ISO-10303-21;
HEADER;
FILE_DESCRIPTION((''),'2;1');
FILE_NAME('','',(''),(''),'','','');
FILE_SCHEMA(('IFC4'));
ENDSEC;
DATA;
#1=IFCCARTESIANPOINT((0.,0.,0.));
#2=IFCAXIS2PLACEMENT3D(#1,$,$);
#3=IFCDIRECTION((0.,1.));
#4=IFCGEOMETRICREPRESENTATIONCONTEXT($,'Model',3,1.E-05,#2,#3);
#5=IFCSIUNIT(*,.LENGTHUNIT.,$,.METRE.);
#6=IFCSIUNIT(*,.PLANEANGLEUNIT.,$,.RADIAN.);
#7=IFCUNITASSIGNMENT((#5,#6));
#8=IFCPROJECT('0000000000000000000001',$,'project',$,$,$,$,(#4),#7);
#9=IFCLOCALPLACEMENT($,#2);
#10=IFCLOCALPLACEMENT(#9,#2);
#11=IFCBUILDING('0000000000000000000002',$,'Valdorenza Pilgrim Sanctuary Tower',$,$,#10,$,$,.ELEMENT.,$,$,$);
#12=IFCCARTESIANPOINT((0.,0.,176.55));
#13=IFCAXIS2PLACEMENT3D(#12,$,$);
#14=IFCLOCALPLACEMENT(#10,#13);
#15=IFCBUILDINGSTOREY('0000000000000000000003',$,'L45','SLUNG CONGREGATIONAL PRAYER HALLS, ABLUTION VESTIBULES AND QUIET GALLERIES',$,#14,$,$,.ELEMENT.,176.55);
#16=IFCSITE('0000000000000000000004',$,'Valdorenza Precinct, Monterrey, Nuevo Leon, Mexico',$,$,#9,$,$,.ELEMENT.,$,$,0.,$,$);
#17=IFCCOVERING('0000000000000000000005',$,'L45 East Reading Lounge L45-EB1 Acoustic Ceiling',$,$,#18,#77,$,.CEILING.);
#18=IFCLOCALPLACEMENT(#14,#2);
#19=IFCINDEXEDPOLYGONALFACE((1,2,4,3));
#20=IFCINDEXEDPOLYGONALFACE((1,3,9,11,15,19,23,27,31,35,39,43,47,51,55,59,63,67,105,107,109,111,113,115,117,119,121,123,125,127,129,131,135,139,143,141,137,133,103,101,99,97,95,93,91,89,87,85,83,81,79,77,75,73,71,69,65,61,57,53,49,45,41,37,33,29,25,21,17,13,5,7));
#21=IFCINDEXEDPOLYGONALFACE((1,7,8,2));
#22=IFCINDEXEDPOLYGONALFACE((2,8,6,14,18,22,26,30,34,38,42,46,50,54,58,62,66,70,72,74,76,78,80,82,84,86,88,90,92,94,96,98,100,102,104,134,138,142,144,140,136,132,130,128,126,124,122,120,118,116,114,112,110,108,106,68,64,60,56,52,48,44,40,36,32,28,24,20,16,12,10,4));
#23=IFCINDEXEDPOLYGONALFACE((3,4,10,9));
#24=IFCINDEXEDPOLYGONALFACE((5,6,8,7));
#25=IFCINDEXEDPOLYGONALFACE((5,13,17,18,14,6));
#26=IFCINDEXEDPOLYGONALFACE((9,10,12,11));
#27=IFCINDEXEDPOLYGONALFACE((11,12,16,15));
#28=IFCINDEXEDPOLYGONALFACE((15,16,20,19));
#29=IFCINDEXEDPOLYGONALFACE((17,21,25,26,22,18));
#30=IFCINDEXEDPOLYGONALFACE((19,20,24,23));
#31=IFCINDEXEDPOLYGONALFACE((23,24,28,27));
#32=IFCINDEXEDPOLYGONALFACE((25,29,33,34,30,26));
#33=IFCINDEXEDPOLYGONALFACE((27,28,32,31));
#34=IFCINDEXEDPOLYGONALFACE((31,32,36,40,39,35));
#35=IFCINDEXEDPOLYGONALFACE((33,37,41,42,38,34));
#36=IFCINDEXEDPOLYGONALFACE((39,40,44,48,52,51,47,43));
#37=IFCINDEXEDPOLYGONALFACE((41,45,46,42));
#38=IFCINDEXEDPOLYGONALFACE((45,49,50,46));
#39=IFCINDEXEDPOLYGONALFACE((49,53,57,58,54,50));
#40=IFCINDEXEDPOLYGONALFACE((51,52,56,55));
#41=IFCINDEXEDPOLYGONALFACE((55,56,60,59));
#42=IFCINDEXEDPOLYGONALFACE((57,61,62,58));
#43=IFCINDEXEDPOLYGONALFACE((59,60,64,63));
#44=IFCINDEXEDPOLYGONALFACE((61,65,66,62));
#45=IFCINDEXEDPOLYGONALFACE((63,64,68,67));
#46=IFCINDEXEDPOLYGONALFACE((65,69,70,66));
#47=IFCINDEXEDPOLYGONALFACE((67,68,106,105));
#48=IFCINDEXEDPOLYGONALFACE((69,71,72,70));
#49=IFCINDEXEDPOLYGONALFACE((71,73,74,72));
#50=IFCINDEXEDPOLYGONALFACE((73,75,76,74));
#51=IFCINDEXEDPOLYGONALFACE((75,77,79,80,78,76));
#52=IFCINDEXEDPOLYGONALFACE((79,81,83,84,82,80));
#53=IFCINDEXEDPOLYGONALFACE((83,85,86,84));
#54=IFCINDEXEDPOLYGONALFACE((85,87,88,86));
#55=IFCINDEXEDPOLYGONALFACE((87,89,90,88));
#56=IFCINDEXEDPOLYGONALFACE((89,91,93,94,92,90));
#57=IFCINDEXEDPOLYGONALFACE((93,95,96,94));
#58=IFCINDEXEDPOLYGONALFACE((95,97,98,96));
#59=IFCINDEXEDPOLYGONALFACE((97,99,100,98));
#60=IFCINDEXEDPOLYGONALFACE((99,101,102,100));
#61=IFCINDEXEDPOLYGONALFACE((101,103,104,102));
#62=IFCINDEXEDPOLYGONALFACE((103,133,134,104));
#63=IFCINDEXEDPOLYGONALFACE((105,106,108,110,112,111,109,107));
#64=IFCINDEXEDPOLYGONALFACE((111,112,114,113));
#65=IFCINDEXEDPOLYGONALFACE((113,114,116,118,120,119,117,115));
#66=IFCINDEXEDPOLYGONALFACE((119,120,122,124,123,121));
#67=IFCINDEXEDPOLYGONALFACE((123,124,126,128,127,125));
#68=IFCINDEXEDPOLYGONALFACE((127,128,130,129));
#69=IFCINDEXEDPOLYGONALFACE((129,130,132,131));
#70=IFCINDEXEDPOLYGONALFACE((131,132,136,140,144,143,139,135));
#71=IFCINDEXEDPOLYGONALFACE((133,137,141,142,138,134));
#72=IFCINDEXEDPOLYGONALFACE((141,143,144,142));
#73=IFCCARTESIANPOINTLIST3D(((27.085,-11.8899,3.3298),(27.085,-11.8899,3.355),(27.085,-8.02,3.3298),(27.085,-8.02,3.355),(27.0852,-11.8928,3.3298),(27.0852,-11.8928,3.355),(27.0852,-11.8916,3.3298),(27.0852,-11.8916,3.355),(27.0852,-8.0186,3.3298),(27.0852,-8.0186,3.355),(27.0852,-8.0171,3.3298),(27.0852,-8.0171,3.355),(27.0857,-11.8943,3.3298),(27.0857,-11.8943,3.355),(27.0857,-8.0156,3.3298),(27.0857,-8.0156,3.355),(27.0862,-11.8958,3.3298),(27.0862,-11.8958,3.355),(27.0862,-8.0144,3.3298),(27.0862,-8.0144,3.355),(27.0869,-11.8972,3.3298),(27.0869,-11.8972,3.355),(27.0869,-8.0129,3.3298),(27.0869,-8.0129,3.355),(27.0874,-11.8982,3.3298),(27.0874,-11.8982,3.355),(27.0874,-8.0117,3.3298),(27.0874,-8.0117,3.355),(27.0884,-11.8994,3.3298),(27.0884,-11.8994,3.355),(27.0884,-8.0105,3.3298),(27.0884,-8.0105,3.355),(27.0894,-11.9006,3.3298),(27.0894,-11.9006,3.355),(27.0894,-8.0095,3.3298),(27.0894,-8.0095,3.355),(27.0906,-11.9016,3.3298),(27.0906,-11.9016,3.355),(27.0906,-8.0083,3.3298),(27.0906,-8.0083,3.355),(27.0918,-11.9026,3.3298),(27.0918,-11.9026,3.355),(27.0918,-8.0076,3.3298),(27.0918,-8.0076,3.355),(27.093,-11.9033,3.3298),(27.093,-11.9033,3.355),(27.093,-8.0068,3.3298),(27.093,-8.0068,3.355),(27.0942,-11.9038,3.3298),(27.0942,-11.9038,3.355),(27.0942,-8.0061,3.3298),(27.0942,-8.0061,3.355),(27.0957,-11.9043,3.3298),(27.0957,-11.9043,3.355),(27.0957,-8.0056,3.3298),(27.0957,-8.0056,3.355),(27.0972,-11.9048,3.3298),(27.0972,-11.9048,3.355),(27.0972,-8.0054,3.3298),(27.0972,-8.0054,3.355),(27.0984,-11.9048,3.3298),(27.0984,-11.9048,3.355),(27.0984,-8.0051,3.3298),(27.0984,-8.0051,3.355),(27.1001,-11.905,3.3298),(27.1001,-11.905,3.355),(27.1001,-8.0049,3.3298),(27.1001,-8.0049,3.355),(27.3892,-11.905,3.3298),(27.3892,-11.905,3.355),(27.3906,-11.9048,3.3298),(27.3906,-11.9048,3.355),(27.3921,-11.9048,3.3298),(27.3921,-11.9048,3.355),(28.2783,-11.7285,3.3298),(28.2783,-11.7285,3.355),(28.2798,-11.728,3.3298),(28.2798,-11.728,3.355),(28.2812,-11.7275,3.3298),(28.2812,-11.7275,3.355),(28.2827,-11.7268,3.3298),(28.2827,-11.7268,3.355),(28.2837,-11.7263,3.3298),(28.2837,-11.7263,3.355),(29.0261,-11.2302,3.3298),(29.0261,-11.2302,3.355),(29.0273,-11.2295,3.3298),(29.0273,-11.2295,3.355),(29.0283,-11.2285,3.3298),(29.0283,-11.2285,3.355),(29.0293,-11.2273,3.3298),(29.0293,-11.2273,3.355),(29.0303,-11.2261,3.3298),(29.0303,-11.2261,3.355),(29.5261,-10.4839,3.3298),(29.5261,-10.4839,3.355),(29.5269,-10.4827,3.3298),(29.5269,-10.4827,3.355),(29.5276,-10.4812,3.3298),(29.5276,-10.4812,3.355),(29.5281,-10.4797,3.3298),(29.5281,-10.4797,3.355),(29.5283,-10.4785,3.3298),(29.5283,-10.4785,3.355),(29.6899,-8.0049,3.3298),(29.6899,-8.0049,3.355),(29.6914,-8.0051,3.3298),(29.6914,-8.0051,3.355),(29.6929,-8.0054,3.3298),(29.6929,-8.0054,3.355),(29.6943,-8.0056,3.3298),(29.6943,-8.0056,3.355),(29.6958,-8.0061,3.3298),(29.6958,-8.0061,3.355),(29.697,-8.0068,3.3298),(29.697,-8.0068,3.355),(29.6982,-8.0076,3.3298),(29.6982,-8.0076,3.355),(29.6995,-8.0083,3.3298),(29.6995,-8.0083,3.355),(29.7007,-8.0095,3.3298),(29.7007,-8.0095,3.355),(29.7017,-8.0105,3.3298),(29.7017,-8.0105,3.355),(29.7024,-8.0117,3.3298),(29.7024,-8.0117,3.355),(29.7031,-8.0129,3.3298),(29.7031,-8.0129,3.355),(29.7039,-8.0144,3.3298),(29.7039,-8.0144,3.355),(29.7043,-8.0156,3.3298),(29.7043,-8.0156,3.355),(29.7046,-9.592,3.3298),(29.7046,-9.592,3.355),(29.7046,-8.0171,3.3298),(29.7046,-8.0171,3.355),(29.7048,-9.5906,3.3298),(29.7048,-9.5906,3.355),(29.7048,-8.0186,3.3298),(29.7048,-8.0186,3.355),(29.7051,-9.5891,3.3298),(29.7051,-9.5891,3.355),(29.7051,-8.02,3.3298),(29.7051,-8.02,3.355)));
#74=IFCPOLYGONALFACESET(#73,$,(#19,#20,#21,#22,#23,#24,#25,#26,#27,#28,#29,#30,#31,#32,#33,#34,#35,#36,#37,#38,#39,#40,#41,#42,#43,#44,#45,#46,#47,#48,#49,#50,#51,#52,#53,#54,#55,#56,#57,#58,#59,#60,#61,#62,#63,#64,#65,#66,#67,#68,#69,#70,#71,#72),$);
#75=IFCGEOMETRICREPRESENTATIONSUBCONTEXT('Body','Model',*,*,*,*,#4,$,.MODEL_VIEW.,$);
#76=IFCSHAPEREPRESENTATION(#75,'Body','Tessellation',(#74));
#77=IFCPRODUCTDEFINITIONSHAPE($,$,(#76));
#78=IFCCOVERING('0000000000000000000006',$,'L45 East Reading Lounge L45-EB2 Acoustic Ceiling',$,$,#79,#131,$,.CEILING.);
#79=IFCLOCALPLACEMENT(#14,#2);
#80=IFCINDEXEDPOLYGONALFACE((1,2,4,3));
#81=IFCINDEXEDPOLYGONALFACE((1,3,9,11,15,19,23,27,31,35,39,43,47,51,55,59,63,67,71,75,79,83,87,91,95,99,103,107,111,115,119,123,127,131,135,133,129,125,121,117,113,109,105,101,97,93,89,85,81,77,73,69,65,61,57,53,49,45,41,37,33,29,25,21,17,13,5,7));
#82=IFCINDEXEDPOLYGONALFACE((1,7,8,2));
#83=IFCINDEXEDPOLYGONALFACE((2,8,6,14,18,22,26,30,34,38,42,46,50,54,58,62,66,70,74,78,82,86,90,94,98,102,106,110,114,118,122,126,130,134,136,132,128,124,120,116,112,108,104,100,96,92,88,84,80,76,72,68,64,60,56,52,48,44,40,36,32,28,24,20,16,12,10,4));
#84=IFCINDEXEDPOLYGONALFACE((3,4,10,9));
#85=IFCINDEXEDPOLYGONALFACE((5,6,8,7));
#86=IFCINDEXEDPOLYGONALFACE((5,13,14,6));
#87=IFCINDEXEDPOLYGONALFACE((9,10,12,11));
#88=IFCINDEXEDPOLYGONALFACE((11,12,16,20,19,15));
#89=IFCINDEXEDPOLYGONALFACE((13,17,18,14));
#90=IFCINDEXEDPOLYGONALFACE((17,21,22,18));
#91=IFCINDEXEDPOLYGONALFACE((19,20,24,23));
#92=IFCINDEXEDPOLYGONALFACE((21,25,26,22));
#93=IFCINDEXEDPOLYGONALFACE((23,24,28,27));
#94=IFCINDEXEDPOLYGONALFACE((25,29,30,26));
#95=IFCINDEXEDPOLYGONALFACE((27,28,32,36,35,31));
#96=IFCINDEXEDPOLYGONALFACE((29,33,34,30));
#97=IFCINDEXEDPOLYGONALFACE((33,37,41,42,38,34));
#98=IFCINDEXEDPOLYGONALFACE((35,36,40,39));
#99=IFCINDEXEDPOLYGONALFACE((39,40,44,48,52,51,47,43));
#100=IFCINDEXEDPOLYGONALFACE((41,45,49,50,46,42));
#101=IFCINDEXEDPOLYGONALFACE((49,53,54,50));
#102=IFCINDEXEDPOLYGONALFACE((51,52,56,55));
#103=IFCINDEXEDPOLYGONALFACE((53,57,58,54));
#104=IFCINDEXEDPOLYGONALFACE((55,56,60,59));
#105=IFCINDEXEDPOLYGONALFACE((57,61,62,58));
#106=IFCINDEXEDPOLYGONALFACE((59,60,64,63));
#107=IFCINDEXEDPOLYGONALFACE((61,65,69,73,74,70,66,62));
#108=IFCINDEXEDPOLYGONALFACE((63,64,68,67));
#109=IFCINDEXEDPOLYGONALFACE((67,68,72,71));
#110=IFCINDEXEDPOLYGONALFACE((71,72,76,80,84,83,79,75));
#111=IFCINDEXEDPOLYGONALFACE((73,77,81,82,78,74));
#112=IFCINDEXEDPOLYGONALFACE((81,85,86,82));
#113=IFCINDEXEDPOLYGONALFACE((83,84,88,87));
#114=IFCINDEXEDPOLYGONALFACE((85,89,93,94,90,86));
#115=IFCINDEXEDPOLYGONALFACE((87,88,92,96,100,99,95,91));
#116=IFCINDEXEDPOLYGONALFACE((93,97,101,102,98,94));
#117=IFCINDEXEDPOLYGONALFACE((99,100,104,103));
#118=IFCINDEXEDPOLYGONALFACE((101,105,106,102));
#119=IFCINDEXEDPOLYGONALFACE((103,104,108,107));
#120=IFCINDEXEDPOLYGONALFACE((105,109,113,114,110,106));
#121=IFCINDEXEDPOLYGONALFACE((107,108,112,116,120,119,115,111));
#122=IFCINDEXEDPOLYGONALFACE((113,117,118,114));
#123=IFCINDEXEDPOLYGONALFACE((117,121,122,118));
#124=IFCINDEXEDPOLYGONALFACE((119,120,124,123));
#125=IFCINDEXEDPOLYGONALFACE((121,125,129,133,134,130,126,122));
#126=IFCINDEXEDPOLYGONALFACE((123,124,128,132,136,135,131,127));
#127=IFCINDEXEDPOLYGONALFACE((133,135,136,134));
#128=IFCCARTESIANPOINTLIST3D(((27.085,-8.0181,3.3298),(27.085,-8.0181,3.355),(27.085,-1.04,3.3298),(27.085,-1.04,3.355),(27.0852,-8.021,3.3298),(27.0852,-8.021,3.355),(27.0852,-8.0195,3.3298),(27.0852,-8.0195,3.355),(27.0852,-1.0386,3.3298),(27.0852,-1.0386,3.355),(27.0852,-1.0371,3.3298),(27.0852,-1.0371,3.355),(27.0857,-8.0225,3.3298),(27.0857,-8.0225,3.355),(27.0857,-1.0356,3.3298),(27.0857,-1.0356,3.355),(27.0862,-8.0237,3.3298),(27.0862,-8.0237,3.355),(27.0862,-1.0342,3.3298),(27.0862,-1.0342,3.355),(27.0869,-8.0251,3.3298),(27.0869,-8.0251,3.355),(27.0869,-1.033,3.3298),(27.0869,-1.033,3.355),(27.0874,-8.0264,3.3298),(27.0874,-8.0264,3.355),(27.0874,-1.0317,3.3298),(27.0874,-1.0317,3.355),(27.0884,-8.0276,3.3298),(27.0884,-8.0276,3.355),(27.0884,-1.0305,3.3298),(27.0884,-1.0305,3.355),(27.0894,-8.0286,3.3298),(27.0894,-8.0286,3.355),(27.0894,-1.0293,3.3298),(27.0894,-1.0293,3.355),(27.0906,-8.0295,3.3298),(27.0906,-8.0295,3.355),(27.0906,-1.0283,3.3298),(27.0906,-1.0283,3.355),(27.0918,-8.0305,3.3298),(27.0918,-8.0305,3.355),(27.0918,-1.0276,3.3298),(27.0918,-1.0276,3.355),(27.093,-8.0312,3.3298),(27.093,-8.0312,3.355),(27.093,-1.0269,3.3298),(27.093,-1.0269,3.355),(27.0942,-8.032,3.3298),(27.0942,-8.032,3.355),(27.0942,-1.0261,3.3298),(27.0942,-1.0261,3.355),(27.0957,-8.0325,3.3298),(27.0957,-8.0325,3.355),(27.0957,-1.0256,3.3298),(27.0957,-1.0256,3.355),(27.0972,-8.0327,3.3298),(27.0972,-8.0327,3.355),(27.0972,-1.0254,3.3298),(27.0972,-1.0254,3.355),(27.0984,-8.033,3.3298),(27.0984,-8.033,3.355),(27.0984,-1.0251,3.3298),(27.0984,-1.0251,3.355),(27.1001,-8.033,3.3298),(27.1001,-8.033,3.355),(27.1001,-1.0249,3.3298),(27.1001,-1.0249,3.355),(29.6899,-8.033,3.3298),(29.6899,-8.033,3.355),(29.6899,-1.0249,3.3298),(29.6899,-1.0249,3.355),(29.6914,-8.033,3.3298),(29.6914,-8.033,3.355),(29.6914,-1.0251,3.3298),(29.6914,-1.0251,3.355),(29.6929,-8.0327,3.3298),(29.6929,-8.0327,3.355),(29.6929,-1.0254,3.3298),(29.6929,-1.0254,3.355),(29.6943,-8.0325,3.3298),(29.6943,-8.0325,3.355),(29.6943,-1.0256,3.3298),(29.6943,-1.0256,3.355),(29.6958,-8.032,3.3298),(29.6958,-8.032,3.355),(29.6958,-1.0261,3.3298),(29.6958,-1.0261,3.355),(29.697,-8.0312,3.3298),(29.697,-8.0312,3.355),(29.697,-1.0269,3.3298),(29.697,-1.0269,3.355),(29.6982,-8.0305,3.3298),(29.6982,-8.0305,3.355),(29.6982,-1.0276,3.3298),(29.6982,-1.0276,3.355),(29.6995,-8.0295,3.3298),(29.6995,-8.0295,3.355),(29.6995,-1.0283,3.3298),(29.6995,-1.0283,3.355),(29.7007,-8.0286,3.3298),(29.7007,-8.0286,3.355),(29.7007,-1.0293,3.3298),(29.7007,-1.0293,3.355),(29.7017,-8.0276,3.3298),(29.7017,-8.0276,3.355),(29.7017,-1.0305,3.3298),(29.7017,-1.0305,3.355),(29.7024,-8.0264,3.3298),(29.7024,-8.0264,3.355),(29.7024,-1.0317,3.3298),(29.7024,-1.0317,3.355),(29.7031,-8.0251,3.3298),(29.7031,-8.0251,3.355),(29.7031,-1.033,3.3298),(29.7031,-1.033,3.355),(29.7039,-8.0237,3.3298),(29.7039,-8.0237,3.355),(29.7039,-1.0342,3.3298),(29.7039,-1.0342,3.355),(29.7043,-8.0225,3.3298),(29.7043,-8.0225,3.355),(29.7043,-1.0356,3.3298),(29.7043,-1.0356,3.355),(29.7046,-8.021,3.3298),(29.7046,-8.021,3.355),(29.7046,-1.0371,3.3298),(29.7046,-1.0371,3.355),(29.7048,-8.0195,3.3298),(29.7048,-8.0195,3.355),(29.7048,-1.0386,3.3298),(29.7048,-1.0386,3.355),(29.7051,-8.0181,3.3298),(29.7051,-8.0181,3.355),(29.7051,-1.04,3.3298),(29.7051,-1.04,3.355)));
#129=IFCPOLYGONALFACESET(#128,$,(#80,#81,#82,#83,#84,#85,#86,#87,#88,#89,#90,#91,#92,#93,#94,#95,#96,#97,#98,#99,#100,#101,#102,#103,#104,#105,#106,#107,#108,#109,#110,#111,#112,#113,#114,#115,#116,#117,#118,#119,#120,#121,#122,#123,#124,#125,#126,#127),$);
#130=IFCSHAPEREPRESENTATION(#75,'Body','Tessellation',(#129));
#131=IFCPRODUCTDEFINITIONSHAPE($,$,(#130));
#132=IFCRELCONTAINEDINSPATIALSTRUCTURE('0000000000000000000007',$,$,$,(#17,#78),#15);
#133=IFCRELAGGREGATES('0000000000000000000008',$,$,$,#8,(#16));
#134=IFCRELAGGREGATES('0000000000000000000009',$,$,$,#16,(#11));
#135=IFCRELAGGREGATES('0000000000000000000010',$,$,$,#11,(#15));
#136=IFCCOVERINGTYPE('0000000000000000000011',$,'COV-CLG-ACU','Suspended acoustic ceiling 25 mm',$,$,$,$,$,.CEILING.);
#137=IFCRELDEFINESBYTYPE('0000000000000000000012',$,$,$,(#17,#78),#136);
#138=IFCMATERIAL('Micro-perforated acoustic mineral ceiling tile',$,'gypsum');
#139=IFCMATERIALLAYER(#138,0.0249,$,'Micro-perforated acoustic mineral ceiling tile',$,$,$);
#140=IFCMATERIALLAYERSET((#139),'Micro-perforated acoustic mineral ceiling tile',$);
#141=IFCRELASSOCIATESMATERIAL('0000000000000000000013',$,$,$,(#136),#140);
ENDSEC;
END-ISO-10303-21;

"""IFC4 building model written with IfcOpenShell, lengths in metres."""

from ifc_helpers import new_model, si_unit, direction, frame, origin, place, context, subcontext, project, spatial, polyline, outline, extrude, material, layer, layer_set, type_object, element, save


model = new_model("IFC4")

# Units and contexts
model_context = context("Model", 3, precision=1e-05, world=origin(), true_north=direction((0.0, 1.0)))
body_context = subcontext(model_context, "Body", "Model", "MODEL_VIEW")
ifc_project = project(units=[si_unit("LENGTHUNIT", "METRE"), si_unit("PLANEANGLEUNIT", "RADIAN")], contexts=[model_context])

# Site, building, storey
site_placement = place(None, origin())
site = spatial("IfcSite", under=ifc_project, at=site_placement, Name="Valdorenza Precinct, Monterrey, Nuevo Leon, Mexico", CompositionType="ELEMENT", RefElevation=0.0)
building_placement = place(site_placement, origin())
building = spatial("IfcBuilding", under=site, at=building_placement, Name="Valdorenza Pilgrim Sanctuary Tower", CompositionType="ELEMENT")
storey_placement = place(building_placement, frame((0.0, 0.0, 176.55)))
storey = spatial("IfcBuildingStorey", under=building, at=storey_placement, Name="L45", Description="SLUNG CONGREGATIONAL PRAYER HALLS, ABLUTION VESTIBULES AND QUIET GALLERIES", CompositionType="ELEMENT", Elevation=176.55)

# Coverings
ifc_material_1 = material(Name="Micro-perforated acoustic mineral ceiling tile", Category="gypsum")
ifc_layer_1 = layer(ifc_material_1, 0.0249, Name="Micro-perforated acoustic mineral ceiling tile")
ifc_layer_set_1 = layer_set([ifc_layer_1], Name="Micro-perforated acoustic mineral ceiling tile")
covering_type_1 = type_object("IfcCoveringType", Name="COV-CLG-ACU", Description="Suspended acoustic ceiling 25 mm", PredefinedType="CEILING", material=ifc_layer_set_1)
covering_1_placement = place(storey_placement, frame((0.0, 0.0, 3.3298)))
element("IfcCovering", 1, at=covering_1_placement, inside=storey, type_object=covering_type_1, Name="L45 East Reading Lounge L45-EB1 Acoustic Ceiling", PredefinedType="CEILING", context=body_context, shape_type="SweptSolid", body=[
    extrude(outline(polyline([(29.6899, -8.0049), (29.6914, -8.0051), (29.6929, -8.0054), (29.6943, -8.0056), (29.6958, -8.0061), (29.697, -8.0068), (29.6982, -8.0076), (29.6995, -8.0083), (29.7007, -8.0095), (29.7017, -8.0105), (29.7024, -8.0117), (29.7031, -8.0129), (29.7039, -8.0144), (29.7043, -8.0156), (29.7046, -8.0171), (29.7048, -8.0186), (29.7051, -8.02), (29.7051, -9.5891), (29.7048, -9.5906), (29.7046, -9.592), (29.5283, -10.4785), (29.5281, -10.4797), (29.5276, -10.4812), (29.5269, -10.4827), (29.5261, -10.4839), (29.0303, -11.2261), (29.0293, -11.2273), (29.0283, -11.2285), (29.0273, -11.2295), (29.0261, -11.2302), (28.2837, -11.7263), (28.2827, -11.7268), (28.2812, -11.7275), (28.2798, -11.728), (28.2783, -11.7285), (27.3921, -11.9048), (27.3906, -11.9048), (27.3892, -11.905), (27.1001, -11.905), (27.0984, -11.9048), (27.0972, -11.9048), (27.0957, -11.9043), (27.0942, -11.9038), (27.093, -11.9033), (27.0918, -11.9026), (27.0906, -11.9016), (27.0894, -11.9006), (27.0884, -11.8994), (27.0874, -11.8982), (27.0869, -11.8972), (27.0862, -11.8958), (27.0857, -11.8943), (27.0852, -11.8928), (27.0852, -11.8916), (27.085, -11.8899), (27.085, -8.02), (27.0852, -8.0186), (27.0852, -8.0171), (27.0857, -8.0156), (27.0862, -8.0144), (27.0869, -8.0129), (27.0874, -8.0117), (27.0884, -8.0105), (27.0894, -8.0095), (27.0906, -8.0083), (27.0918, -8.0076), (27.093, -8.0068), (27.0942, -8.0061), (27.0957, -8.0056), (27.0972, -8.0054), (27.0984, -8.0051), (27.1001, -8.0049), (29.6899, -8.0049)])), origin(), (0.0, 0.0, 1.0), 0.0251),
])
covering_2_placement = place(storey_placement, frame((0.0, 0.0, 3.3298)))
element("IfcCovering", 2, at=covering_2_placement, inside=storey, type_object=covering_type_1, Name="L45 East Reading Lounge L45-EB2 Acoustic Ceiling", PredefinedType="CEILING", context=body_context, shape_type="SweptSolid", body=[
    extrude(outline(polyline([(27.085, -1.04), (27.0852, -1.0386), (27.0852, -1.0371), (27.0857, -1.0356), (27.0862, -1.0342), (27.0869, -1.033), (27.0874, -1.0317), (27.0884, -1.0305), (27.0894, -1.0293), (27.0906, -1.0283), (27.0918, -1.0276), (27.093, -1.0269), (27.0942, -1.0261), (27.0957, -1.0256), (27.0972, -1.0254), (27.0984, -1.0251), (27.1001, -1.0249), (29.6899, -1.0249), (29.6914, -1.0251), (29.6929, -1.0254), (29.6943, -1.0256), (29.6958, -1.0261), (29.697, -1.0269), (29.6982, -1.0276), (29.6995, -1.0283), (29.7007, -1.0293), (29.7017, -1.0305), (29.7024, -1.0317), (29.7031, -1.033), (29.7039, -1.0342), (29.7043, -1.0356), (29.7046, -1.0371), (29.7048, -1.0386), (29.7051, -1.04), (29.7051, -8.0181), (29.7048, -8.0195), (29.7046, -8.021), (29.7043, -8.0225), (29.7039, -8.0237), (29.7031, -8.0251), (29.7024, -8.0264), (29.7017, -8.0276), (29.7007, -8.0286), (29.6995, -8.0295), (29.6982, -8.0305), (29.697, -8.0312), (29.6958, -8.032), (29.6943, -8.0325), (29.6929, -8.0327), (29.6914, -8.033), (29.6899, -8.033), (27.1001, -8.033), (27.0984, -8.033), (27.0972, -8.0327), (27.0957, -8.0325), (27.0942, -8.032), (27.093, -8.0312), (27.0918, -8.0305), (27.0906, -8.0295), (27.0894, -8.0286), (27.0884, -8.0276), (27.0874, -8.0264), (27.0869, -8.0251), (27.0862, -8.0237), (27.0857, -8.0225), (27.0852, -8.021), (27.0852, -8.0195), (27.085, -8.0181), (27.085, -1.04)])), origin(), (0.0, 0.0, 1.0), 0.0251),
])

save(model, "model.ifc")
